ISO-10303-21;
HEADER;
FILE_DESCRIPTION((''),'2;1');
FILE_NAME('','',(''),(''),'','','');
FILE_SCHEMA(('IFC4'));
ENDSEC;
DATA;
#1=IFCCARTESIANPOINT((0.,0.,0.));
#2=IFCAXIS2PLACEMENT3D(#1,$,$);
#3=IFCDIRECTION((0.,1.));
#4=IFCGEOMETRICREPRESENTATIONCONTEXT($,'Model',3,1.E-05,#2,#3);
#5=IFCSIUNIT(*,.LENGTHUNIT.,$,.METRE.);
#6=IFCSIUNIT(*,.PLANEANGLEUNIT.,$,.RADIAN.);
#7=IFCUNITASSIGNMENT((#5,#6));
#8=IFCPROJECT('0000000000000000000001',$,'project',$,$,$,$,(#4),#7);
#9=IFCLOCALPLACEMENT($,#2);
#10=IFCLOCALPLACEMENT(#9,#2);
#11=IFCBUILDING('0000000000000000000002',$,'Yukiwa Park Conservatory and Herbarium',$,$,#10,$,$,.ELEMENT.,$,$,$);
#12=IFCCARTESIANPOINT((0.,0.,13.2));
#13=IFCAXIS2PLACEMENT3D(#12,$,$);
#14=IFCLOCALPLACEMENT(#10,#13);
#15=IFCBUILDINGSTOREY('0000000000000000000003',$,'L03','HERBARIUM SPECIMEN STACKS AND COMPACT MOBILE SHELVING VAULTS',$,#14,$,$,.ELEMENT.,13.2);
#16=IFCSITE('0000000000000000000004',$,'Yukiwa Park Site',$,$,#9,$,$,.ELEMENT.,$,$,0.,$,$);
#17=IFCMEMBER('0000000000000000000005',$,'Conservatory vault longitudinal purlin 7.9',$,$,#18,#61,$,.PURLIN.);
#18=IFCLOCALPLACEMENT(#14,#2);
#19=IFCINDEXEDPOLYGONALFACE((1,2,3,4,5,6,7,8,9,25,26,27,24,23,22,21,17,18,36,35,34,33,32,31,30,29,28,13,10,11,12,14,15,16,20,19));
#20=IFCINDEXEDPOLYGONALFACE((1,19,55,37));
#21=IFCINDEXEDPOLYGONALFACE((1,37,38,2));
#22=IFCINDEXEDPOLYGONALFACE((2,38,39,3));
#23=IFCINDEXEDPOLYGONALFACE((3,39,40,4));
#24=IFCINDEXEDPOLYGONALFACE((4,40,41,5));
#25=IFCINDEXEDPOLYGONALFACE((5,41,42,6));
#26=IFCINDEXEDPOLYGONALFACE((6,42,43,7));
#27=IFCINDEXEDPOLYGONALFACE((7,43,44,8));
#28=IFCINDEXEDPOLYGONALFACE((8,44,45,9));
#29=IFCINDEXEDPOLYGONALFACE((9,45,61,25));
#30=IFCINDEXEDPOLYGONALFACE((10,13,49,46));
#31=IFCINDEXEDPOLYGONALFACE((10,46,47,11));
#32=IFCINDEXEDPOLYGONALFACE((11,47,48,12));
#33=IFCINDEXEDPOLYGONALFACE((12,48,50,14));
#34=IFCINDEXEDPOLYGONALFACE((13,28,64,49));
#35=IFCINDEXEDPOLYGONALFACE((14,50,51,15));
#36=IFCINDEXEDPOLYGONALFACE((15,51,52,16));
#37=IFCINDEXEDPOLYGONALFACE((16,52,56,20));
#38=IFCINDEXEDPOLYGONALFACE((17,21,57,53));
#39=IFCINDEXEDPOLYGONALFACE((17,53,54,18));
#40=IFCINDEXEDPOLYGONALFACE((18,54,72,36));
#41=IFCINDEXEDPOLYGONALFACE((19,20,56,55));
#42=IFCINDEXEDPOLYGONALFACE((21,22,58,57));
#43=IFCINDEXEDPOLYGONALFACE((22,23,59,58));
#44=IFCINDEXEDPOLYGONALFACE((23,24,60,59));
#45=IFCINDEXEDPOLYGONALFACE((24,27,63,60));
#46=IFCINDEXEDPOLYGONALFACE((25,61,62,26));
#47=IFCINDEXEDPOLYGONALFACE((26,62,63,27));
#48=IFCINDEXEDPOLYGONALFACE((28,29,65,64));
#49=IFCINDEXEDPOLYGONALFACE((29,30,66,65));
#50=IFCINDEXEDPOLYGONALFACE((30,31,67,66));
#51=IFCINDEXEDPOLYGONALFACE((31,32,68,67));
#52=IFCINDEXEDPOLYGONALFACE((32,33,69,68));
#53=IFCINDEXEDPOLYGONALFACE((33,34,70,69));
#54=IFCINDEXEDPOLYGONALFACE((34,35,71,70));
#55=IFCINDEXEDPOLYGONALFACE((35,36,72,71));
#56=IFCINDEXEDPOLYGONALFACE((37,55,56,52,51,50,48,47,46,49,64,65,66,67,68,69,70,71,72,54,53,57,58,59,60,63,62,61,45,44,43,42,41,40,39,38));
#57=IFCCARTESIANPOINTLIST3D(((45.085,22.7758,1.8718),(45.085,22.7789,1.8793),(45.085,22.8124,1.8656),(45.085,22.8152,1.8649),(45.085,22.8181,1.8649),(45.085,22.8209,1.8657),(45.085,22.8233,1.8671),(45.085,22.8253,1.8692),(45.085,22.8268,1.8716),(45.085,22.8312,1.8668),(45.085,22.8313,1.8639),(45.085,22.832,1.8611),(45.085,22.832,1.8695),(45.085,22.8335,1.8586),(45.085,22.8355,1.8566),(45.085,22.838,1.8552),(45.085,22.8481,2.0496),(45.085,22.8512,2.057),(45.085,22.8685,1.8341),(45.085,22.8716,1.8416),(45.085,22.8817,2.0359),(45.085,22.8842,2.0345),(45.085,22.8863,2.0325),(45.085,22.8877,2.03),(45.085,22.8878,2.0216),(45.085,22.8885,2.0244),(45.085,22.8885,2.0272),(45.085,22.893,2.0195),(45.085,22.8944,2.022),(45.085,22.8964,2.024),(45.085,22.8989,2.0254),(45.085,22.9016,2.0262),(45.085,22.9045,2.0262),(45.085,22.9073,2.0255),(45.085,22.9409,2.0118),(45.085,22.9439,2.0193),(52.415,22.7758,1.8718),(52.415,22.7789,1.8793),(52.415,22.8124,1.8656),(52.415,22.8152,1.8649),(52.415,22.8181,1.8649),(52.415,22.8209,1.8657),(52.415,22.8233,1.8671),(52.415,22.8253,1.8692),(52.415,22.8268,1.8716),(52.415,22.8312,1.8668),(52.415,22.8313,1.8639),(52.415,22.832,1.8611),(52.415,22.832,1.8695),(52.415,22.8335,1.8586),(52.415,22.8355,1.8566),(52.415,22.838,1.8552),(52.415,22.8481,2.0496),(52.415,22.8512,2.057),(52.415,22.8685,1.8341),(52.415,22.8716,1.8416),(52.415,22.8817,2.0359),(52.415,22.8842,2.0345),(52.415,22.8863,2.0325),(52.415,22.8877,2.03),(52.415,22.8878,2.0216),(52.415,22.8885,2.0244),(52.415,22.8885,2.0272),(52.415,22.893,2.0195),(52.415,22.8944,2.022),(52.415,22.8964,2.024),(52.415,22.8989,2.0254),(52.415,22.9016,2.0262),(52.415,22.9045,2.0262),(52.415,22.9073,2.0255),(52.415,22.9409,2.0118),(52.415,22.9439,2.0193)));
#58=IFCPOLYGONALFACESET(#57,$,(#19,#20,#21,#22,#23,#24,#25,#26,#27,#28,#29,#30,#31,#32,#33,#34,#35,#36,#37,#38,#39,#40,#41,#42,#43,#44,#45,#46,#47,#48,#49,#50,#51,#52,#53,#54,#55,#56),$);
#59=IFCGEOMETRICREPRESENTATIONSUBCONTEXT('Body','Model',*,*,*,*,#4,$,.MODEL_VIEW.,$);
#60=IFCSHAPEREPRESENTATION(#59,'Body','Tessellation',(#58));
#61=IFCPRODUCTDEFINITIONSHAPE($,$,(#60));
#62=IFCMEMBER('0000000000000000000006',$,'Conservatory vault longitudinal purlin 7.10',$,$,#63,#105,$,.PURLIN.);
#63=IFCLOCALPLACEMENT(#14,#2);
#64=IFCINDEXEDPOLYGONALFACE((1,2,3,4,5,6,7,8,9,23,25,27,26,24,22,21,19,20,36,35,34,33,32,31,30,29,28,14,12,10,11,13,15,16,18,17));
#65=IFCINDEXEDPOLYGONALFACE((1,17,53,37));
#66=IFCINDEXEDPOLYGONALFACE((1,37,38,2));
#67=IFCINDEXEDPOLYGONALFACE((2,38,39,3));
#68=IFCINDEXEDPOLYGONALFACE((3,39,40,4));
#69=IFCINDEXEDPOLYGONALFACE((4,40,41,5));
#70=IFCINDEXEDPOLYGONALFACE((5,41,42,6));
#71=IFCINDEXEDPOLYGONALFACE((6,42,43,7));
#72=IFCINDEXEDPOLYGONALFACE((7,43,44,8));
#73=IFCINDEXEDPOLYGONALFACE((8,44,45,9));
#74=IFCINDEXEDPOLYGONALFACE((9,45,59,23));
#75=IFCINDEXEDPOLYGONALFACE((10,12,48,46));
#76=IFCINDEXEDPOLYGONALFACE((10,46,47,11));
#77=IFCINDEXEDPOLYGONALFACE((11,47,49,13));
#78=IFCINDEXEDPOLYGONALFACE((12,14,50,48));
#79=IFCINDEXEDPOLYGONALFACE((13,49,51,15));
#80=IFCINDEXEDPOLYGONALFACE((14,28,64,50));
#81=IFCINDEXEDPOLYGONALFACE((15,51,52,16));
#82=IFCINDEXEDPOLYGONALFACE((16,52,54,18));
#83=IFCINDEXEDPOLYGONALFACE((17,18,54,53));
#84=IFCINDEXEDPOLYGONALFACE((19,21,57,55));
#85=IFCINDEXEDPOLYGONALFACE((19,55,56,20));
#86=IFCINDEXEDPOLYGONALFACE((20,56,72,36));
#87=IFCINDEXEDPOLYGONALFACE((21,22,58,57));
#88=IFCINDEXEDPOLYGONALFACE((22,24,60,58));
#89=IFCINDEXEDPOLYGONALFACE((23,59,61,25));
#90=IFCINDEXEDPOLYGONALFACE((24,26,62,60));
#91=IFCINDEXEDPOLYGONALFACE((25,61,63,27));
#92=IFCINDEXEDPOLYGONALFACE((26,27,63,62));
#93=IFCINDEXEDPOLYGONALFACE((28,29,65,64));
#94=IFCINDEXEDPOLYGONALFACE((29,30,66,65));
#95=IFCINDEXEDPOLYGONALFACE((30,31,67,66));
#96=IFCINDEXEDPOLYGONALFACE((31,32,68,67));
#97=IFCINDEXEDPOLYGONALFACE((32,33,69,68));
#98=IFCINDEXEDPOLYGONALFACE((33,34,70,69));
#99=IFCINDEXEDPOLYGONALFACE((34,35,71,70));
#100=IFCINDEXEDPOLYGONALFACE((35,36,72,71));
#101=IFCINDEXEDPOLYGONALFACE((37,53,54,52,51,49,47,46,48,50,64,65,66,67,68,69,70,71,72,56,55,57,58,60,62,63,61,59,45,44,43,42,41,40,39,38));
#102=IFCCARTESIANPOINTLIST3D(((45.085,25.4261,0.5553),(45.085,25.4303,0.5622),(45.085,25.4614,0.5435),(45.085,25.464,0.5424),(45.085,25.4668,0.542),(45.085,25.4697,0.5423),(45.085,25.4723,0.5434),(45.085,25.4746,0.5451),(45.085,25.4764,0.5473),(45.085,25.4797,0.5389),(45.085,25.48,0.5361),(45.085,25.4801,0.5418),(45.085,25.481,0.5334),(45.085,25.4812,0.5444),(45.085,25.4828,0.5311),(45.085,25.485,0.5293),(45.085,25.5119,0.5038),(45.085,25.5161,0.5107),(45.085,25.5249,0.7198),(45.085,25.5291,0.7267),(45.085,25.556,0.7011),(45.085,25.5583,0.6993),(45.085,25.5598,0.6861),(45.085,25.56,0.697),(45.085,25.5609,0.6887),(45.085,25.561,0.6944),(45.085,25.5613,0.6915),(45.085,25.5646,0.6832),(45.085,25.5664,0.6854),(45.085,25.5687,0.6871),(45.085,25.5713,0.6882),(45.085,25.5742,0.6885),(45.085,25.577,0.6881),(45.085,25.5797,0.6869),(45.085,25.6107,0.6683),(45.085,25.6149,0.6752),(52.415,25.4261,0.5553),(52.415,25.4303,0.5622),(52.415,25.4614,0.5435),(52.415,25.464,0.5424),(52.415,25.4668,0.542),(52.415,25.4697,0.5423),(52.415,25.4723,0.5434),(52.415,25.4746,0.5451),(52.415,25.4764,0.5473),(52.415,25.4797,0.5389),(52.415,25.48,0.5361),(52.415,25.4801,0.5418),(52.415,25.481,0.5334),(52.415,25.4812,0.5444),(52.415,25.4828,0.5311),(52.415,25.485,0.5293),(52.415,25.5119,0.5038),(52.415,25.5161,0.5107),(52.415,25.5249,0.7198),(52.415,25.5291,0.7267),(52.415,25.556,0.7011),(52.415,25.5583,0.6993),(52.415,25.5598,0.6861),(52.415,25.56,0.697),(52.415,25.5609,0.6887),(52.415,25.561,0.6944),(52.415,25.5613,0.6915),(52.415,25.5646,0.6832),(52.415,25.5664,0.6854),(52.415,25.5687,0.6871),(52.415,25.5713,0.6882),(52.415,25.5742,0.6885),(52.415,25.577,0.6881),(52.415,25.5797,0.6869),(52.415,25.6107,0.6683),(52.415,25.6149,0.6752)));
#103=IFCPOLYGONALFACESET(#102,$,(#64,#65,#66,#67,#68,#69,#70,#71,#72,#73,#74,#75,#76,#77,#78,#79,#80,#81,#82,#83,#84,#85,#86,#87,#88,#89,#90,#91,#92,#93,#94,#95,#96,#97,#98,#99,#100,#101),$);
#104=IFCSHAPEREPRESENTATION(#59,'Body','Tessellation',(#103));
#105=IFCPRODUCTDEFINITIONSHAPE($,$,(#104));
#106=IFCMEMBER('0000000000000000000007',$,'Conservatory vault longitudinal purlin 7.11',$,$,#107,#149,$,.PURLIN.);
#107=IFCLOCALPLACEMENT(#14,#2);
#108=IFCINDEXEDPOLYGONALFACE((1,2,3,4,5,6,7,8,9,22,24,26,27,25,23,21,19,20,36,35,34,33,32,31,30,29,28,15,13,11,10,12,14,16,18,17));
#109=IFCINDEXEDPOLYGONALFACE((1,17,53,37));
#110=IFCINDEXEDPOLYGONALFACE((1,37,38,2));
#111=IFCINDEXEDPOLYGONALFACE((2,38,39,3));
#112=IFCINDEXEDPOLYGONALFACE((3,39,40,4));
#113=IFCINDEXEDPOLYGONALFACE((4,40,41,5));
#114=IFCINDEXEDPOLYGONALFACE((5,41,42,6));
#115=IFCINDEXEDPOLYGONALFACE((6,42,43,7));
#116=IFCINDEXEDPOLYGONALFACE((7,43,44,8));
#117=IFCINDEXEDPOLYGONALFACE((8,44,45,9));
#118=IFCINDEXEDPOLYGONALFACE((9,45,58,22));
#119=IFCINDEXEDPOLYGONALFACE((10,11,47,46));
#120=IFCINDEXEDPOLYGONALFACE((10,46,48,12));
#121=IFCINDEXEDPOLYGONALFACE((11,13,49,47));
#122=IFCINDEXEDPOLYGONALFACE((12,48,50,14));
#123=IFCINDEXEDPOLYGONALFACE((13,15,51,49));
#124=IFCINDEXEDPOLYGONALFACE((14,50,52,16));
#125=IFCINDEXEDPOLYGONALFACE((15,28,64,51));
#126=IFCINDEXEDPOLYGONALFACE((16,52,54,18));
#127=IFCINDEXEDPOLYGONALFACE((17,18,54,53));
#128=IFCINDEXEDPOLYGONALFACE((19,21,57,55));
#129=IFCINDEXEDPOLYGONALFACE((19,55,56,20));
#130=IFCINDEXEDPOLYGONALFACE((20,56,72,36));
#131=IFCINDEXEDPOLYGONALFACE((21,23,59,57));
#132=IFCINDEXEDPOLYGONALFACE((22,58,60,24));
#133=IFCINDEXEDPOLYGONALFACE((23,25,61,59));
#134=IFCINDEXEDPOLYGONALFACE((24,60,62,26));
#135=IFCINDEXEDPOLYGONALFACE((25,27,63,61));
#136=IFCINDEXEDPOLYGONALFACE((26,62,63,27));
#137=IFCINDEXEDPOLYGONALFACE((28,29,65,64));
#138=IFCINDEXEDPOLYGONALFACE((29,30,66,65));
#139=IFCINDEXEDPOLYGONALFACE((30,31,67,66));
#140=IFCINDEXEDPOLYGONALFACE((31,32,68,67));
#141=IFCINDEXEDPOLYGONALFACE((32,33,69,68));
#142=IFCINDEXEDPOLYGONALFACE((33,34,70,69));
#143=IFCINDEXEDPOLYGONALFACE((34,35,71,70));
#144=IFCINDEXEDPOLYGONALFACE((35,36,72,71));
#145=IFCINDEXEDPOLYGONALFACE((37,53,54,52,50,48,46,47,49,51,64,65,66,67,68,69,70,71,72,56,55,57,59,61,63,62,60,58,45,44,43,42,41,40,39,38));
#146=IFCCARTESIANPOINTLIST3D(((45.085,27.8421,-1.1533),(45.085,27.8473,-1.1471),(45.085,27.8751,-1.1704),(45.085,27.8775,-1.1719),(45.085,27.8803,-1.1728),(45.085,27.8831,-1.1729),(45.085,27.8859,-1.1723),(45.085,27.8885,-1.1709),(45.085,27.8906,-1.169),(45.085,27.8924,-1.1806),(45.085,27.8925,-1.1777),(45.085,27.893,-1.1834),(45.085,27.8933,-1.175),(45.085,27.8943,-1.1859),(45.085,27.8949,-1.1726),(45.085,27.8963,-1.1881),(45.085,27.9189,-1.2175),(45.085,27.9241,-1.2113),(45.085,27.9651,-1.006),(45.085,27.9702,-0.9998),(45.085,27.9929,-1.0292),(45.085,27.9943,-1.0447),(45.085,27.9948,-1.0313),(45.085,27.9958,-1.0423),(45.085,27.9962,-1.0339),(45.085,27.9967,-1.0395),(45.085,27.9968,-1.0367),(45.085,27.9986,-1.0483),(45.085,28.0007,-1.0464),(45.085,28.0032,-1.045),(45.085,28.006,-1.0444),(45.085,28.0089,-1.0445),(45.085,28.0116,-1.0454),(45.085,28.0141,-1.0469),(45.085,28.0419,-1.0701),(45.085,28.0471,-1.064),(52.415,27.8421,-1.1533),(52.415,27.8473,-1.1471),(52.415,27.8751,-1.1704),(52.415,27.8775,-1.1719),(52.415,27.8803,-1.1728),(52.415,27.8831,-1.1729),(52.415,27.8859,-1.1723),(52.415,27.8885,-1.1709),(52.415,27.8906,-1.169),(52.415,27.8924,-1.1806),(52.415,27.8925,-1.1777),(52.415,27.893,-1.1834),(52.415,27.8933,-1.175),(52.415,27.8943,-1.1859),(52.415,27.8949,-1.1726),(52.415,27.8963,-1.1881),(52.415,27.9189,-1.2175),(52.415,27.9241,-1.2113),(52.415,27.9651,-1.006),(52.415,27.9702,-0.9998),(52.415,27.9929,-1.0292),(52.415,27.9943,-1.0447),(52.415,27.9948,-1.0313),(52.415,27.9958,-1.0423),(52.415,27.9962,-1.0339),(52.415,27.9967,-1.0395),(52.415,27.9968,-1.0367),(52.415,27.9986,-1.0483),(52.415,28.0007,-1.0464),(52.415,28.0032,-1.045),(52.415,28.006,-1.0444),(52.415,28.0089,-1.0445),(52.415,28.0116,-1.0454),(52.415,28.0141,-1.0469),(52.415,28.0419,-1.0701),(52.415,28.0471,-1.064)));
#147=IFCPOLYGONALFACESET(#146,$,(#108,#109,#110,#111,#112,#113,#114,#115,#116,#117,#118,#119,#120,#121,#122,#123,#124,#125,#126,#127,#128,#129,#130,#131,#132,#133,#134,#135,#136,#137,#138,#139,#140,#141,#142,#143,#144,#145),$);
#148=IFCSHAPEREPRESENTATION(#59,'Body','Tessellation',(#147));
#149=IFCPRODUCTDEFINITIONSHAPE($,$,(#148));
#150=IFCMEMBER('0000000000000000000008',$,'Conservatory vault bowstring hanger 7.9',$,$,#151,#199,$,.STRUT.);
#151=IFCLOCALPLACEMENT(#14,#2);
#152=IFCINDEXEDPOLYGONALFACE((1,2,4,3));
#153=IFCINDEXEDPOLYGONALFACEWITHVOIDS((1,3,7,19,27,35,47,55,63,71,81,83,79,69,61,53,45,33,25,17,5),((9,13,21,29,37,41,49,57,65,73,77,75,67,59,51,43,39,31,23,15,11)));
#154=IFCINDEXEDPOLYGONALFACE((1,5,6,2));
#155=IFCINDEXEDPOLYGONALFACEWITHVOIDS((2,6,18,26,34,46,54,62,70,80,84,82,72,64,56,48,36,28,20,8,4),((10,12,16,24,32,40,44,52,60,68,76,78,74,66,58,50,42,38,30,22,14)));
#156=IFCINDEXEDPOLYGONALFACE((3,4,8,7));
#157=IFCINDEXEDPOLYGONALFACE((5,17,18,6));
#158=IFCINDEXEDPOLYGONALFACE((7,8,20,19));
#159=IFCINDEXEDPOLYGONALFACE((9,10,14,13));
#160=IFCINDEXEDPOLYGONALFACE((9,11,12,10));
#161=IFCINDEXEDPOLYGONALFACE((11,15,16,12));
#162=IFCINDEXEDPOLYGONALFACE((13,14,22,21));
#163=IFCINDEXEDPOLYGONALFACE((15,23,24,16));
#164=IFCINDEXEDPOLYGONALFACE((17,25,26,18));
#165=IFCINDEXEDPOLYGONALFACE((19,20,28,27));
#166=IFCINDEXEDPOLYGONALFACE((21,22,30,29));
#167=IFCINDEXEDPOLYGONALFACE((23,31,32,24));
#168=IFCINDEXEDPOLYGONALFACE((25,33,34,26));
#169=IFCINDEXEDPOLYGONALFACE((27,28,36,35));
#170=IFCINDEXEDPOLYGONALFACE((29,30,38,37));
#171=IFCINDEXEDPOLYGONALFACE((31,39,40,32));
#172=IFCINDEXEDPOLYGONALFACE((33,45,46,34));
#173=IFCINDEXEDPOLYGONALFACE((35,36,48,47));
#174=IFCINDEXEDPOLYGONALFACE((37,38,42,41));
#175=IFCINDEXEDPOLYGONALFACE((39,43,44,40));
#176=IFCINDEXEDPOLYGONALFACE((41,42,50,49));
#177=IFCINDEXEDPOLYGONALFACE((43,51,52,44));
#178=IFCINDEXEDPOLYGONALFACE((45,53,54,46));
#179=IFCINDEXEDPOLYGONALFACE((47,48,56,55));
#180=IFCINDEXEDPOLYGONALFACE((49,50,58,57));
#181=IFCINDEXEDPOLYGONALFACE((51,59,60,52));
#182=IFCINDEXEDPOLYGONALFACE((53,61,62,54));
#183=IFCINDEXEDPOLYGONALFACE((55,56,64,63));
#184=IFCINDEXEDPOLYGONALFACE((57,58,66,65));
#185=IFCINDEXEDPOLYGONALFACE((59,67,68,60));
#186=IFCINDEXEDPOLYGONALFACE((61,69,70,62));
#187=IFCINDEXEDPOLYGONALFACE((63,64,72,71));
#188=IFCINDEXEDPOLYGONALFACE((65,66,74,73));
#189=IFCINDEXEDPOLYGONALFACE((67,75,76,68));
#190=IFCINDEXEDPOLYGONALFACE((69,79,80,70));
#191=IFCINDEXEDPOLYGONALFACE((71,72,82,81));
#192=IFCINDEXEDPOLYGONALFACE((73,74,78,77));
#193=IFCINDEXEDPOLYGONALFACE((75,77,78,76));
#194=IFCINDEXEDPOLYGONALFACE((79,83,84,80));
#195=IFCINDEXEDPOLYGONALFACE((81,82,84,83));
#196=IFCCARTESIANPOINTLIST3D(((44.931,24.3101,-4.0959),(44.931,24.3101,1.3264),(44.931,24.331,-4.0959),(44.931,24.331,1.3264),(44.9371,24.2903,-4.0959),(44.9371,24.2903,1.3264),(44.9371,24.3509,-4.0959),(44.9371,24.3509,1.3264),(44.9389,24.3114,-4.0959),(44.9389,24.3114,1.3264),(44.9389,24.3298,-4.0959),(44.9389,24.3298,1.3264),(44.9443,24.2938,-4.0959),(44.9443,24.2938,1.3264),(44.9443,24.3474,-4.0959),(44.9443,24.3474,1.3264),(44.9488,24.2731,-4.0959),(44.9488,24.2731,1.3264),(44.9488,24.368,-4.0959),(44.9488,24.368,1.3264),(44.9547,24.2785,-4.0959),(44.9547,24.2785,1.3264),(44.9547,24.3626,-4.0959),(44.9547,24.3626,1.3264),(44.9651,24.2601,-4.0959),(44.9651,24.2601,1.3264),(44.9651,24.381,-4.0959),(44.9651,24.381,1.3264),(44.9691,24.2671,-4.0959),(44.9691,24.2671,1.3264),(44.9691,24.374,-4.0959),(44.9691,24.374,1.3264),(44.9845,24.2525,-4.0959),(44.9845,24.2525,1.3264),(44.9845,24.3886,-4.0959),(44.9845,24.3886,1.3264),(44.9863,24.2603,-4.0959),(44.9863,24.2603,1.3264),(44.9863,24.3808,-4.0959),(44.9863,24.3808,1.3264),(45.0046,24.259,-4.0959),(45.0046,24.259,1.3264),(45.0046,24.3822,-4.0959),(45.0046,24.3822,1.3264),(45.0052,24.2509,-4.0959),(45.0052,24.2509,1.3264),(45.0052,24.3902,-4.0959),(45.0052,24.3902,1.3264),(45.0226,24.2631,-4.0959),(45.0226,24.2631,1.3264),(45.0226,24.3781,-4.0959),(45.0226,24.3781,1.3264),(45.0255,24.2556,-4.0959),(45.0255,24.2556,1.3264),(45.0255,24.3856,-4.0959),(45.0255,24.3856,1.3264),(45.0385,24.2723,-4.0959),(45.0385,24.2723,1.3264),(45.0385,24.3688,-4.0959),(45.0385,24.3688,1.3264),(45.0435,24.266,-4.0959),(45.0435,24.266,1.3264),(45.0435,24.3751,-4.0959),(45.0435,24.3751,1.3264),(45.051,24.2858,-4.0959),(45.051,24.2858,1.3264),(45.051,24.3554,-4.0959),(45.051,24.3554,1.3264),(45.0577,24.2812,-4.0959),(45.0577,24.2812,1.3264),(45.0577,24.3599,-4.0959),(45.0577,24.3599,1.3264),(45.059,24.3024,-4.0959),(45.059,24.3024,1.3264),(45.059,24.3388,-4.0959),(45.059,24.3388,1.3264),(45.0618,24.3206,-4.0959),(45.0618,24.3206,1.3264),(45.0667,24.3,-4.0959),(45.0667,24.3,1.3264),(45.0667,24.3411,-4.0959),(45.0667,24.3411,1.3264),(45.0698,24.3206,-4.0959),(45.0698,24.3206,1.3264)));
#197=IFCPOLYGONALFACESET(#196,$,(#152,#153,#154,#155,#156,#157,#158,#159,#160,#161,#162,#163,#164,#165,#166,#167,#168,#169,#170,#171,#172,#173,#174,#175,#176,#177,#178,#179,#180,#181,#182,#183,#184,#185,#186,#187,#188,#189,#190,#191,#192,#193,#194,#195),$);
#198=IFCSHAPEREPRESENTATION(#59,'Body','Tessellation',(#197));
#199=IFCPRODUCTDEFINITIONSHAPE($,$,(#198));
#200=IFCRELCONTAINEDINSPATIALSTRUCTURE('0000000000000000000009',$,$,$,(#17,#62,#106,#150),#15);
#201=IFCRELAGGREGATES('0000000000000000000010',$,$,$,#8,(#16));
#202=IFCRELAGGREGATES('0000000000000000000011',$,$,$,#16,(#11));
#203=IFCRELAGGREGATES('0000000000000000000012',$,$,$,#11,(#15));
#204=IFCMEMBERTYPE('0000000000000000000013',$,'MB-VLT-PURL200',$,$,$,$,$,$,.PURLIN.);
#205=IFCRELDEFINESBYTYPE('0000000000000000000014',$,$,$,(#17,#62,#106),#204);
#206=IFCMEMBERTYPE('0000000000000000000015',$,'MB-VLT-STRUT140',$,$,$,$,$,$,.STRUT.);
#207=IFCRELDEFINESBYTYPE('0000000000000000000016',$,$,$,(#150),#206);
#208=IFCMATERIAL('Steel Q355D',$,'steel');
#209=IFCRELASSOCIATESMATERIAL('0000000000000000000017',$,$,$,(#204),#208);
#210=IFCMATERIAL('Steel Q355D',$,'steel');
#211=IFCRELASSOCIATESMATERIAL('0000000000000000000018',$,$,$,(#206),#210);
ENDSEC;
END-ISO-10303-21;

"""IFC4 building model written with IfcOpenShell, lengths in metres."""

from ifc_helpers import new_model, si_unit, direction, frame, origin, origin_2d, place, context, subcontext, project, spatial, hollow_circle, i_section, extrude, material, material_profile, profile_set, type_object, element, save


model = new_model("IFC4")

# Units and contexts
model_context = context("Model", 3, precision=1e-05, world=origin(), true_north=direction((0.0, 1.0)))
body_context = subcontext(model_context, "Body", "Model", "MODEL_VIEW")
ifc_project = project(units=[si_unit("LENGTHUNIT", "METRE"), si_unit("PLANEANGLEUNIT", "RADIAN")], contexts=[model_context])

# Site, building, storey
site_placement = place(None, origin())
site = spatial("IfcSite", under=ifc_project, at=site_placement, Name="Yukiwa Park Site", CompositionType="ELEMENT", RefElevation=0.0)
building_placement = place(site_placement, origin())
building = spatial("IfcBuilding", under=site, at=building_placement, Name="Yukiwa Park Conservatory and Herbarium", CompositionType="ELEMENT")
storey_placement = place(building_placement, frame((0.0, 0.0, 13.2)))
storey = spatial("IfcBuildingStorey", under=building, at=storey_placement, Name="L03", Description="HERBARIUM SPECIMEN STACKS AND COMPACT MOBILE SHELVING VAULTS", CompositionType="ELEMENT", Elevation=13.2)

# Members
ifc_material_1 = material(Name="Steel Q355D", Category="steel")
ifc_material_profile_1 = material_profile(ifc_material_1, i_section(OverallWidth=0.1001, OverallDepth=0.2, WebThickness=0.0056, FlangeThickness=0.0081, FilletRadius=0.011, at=origin_2d()), Name="HN 200x100x5.5x8")
ifc_profile_set_1 = profile_set([ifc_material_profile_1], Name="Steel Q355D")
member_type_1 = type_object("IfcMemberType", Name="MB-VLT-PURL200", PredefinedType="PURLIN", material=ifc_profile_set_1)
for number, where, z_axis, x_axis, name in (
    (1, (45.085, 22.8599, 1.9456), (1.0, 0.0, 0.0), (0.0, 0.926282, -0.376831), "Conservatory vault longitudinal purlin 7.9"),
    (2, (45.085, 25.5205, 0.6152), (1.0, 0.0, 0.0), (0.0, 0.857234, -0.514927), "Conservatory vault longitudinal purlin 7.10"),
    (3, (45.085, 27.9446, -1.1086), (1.0, 0.0, 0.0), (0.0, 0.767751, -0.640748), "Conservatory vault longitudinal purlin 7.11"),
):
    element("IfcMember", number, at=place(storey_placement, frame(where, z_axis=z_axis, x_axis=x_axis)), inside=storey, type_object=member_type_1, Name=name, PredefinedType="PURLIN", context=body_context, shape_type="SweptSolid", body=[
        extrude(i_section(OverallWidth=0.1001, OverallDepth=0.2, WebThickness=0.0056, FlangeThickness=0.0081, FilletRadius=0.011, at=origin_2d()), origin(), (0.0, 0.0, 1.0), 7.3301),
    ])
ifc_material_2 = material(Name="Steel Q355D", Category="steel")
ifc_material_profile_2 = material_profile(ifc_material_2, hollow_circle(Radius=0.0698, WallThickness=0.0081, at=origin_2d()), Name="CHS 139.7x8")
ifc_profile_set_2 = profile_set([ifc_material_profile_2], Name="Steel Q355D")
member_type_2 = type_object("IfcMemberType", Name="MB-VLT-STRUT140", PredefinedType="STRUT", material=ifc_profile_set_2)
for number, where, z_axis, x_axis, name in (
    (4, (45.0, 24.3206, -4.0959), (0.0, 0.0, 1.0), (1.0, 0.0, 0.0), "Conservatory vault bowstring hanger 7.9"),
):
    element("IfcMember", number, at=place(storey_placement, frame(where, z_axis=z_axis, x_axis=x_axis)), inside=storey, type_object=member_type_2, Name=name, PredefinedType="STRUT", context=body_context, shape_type="SweptSolid", body=[
        extrude(hollow_circle(Radius=0.0698, WallThickness=0.0081, at=origin_2d()), origin(), (0.0, 0.0, 1.0), 5.4224),
    ])

save(model, "model.ifc")
